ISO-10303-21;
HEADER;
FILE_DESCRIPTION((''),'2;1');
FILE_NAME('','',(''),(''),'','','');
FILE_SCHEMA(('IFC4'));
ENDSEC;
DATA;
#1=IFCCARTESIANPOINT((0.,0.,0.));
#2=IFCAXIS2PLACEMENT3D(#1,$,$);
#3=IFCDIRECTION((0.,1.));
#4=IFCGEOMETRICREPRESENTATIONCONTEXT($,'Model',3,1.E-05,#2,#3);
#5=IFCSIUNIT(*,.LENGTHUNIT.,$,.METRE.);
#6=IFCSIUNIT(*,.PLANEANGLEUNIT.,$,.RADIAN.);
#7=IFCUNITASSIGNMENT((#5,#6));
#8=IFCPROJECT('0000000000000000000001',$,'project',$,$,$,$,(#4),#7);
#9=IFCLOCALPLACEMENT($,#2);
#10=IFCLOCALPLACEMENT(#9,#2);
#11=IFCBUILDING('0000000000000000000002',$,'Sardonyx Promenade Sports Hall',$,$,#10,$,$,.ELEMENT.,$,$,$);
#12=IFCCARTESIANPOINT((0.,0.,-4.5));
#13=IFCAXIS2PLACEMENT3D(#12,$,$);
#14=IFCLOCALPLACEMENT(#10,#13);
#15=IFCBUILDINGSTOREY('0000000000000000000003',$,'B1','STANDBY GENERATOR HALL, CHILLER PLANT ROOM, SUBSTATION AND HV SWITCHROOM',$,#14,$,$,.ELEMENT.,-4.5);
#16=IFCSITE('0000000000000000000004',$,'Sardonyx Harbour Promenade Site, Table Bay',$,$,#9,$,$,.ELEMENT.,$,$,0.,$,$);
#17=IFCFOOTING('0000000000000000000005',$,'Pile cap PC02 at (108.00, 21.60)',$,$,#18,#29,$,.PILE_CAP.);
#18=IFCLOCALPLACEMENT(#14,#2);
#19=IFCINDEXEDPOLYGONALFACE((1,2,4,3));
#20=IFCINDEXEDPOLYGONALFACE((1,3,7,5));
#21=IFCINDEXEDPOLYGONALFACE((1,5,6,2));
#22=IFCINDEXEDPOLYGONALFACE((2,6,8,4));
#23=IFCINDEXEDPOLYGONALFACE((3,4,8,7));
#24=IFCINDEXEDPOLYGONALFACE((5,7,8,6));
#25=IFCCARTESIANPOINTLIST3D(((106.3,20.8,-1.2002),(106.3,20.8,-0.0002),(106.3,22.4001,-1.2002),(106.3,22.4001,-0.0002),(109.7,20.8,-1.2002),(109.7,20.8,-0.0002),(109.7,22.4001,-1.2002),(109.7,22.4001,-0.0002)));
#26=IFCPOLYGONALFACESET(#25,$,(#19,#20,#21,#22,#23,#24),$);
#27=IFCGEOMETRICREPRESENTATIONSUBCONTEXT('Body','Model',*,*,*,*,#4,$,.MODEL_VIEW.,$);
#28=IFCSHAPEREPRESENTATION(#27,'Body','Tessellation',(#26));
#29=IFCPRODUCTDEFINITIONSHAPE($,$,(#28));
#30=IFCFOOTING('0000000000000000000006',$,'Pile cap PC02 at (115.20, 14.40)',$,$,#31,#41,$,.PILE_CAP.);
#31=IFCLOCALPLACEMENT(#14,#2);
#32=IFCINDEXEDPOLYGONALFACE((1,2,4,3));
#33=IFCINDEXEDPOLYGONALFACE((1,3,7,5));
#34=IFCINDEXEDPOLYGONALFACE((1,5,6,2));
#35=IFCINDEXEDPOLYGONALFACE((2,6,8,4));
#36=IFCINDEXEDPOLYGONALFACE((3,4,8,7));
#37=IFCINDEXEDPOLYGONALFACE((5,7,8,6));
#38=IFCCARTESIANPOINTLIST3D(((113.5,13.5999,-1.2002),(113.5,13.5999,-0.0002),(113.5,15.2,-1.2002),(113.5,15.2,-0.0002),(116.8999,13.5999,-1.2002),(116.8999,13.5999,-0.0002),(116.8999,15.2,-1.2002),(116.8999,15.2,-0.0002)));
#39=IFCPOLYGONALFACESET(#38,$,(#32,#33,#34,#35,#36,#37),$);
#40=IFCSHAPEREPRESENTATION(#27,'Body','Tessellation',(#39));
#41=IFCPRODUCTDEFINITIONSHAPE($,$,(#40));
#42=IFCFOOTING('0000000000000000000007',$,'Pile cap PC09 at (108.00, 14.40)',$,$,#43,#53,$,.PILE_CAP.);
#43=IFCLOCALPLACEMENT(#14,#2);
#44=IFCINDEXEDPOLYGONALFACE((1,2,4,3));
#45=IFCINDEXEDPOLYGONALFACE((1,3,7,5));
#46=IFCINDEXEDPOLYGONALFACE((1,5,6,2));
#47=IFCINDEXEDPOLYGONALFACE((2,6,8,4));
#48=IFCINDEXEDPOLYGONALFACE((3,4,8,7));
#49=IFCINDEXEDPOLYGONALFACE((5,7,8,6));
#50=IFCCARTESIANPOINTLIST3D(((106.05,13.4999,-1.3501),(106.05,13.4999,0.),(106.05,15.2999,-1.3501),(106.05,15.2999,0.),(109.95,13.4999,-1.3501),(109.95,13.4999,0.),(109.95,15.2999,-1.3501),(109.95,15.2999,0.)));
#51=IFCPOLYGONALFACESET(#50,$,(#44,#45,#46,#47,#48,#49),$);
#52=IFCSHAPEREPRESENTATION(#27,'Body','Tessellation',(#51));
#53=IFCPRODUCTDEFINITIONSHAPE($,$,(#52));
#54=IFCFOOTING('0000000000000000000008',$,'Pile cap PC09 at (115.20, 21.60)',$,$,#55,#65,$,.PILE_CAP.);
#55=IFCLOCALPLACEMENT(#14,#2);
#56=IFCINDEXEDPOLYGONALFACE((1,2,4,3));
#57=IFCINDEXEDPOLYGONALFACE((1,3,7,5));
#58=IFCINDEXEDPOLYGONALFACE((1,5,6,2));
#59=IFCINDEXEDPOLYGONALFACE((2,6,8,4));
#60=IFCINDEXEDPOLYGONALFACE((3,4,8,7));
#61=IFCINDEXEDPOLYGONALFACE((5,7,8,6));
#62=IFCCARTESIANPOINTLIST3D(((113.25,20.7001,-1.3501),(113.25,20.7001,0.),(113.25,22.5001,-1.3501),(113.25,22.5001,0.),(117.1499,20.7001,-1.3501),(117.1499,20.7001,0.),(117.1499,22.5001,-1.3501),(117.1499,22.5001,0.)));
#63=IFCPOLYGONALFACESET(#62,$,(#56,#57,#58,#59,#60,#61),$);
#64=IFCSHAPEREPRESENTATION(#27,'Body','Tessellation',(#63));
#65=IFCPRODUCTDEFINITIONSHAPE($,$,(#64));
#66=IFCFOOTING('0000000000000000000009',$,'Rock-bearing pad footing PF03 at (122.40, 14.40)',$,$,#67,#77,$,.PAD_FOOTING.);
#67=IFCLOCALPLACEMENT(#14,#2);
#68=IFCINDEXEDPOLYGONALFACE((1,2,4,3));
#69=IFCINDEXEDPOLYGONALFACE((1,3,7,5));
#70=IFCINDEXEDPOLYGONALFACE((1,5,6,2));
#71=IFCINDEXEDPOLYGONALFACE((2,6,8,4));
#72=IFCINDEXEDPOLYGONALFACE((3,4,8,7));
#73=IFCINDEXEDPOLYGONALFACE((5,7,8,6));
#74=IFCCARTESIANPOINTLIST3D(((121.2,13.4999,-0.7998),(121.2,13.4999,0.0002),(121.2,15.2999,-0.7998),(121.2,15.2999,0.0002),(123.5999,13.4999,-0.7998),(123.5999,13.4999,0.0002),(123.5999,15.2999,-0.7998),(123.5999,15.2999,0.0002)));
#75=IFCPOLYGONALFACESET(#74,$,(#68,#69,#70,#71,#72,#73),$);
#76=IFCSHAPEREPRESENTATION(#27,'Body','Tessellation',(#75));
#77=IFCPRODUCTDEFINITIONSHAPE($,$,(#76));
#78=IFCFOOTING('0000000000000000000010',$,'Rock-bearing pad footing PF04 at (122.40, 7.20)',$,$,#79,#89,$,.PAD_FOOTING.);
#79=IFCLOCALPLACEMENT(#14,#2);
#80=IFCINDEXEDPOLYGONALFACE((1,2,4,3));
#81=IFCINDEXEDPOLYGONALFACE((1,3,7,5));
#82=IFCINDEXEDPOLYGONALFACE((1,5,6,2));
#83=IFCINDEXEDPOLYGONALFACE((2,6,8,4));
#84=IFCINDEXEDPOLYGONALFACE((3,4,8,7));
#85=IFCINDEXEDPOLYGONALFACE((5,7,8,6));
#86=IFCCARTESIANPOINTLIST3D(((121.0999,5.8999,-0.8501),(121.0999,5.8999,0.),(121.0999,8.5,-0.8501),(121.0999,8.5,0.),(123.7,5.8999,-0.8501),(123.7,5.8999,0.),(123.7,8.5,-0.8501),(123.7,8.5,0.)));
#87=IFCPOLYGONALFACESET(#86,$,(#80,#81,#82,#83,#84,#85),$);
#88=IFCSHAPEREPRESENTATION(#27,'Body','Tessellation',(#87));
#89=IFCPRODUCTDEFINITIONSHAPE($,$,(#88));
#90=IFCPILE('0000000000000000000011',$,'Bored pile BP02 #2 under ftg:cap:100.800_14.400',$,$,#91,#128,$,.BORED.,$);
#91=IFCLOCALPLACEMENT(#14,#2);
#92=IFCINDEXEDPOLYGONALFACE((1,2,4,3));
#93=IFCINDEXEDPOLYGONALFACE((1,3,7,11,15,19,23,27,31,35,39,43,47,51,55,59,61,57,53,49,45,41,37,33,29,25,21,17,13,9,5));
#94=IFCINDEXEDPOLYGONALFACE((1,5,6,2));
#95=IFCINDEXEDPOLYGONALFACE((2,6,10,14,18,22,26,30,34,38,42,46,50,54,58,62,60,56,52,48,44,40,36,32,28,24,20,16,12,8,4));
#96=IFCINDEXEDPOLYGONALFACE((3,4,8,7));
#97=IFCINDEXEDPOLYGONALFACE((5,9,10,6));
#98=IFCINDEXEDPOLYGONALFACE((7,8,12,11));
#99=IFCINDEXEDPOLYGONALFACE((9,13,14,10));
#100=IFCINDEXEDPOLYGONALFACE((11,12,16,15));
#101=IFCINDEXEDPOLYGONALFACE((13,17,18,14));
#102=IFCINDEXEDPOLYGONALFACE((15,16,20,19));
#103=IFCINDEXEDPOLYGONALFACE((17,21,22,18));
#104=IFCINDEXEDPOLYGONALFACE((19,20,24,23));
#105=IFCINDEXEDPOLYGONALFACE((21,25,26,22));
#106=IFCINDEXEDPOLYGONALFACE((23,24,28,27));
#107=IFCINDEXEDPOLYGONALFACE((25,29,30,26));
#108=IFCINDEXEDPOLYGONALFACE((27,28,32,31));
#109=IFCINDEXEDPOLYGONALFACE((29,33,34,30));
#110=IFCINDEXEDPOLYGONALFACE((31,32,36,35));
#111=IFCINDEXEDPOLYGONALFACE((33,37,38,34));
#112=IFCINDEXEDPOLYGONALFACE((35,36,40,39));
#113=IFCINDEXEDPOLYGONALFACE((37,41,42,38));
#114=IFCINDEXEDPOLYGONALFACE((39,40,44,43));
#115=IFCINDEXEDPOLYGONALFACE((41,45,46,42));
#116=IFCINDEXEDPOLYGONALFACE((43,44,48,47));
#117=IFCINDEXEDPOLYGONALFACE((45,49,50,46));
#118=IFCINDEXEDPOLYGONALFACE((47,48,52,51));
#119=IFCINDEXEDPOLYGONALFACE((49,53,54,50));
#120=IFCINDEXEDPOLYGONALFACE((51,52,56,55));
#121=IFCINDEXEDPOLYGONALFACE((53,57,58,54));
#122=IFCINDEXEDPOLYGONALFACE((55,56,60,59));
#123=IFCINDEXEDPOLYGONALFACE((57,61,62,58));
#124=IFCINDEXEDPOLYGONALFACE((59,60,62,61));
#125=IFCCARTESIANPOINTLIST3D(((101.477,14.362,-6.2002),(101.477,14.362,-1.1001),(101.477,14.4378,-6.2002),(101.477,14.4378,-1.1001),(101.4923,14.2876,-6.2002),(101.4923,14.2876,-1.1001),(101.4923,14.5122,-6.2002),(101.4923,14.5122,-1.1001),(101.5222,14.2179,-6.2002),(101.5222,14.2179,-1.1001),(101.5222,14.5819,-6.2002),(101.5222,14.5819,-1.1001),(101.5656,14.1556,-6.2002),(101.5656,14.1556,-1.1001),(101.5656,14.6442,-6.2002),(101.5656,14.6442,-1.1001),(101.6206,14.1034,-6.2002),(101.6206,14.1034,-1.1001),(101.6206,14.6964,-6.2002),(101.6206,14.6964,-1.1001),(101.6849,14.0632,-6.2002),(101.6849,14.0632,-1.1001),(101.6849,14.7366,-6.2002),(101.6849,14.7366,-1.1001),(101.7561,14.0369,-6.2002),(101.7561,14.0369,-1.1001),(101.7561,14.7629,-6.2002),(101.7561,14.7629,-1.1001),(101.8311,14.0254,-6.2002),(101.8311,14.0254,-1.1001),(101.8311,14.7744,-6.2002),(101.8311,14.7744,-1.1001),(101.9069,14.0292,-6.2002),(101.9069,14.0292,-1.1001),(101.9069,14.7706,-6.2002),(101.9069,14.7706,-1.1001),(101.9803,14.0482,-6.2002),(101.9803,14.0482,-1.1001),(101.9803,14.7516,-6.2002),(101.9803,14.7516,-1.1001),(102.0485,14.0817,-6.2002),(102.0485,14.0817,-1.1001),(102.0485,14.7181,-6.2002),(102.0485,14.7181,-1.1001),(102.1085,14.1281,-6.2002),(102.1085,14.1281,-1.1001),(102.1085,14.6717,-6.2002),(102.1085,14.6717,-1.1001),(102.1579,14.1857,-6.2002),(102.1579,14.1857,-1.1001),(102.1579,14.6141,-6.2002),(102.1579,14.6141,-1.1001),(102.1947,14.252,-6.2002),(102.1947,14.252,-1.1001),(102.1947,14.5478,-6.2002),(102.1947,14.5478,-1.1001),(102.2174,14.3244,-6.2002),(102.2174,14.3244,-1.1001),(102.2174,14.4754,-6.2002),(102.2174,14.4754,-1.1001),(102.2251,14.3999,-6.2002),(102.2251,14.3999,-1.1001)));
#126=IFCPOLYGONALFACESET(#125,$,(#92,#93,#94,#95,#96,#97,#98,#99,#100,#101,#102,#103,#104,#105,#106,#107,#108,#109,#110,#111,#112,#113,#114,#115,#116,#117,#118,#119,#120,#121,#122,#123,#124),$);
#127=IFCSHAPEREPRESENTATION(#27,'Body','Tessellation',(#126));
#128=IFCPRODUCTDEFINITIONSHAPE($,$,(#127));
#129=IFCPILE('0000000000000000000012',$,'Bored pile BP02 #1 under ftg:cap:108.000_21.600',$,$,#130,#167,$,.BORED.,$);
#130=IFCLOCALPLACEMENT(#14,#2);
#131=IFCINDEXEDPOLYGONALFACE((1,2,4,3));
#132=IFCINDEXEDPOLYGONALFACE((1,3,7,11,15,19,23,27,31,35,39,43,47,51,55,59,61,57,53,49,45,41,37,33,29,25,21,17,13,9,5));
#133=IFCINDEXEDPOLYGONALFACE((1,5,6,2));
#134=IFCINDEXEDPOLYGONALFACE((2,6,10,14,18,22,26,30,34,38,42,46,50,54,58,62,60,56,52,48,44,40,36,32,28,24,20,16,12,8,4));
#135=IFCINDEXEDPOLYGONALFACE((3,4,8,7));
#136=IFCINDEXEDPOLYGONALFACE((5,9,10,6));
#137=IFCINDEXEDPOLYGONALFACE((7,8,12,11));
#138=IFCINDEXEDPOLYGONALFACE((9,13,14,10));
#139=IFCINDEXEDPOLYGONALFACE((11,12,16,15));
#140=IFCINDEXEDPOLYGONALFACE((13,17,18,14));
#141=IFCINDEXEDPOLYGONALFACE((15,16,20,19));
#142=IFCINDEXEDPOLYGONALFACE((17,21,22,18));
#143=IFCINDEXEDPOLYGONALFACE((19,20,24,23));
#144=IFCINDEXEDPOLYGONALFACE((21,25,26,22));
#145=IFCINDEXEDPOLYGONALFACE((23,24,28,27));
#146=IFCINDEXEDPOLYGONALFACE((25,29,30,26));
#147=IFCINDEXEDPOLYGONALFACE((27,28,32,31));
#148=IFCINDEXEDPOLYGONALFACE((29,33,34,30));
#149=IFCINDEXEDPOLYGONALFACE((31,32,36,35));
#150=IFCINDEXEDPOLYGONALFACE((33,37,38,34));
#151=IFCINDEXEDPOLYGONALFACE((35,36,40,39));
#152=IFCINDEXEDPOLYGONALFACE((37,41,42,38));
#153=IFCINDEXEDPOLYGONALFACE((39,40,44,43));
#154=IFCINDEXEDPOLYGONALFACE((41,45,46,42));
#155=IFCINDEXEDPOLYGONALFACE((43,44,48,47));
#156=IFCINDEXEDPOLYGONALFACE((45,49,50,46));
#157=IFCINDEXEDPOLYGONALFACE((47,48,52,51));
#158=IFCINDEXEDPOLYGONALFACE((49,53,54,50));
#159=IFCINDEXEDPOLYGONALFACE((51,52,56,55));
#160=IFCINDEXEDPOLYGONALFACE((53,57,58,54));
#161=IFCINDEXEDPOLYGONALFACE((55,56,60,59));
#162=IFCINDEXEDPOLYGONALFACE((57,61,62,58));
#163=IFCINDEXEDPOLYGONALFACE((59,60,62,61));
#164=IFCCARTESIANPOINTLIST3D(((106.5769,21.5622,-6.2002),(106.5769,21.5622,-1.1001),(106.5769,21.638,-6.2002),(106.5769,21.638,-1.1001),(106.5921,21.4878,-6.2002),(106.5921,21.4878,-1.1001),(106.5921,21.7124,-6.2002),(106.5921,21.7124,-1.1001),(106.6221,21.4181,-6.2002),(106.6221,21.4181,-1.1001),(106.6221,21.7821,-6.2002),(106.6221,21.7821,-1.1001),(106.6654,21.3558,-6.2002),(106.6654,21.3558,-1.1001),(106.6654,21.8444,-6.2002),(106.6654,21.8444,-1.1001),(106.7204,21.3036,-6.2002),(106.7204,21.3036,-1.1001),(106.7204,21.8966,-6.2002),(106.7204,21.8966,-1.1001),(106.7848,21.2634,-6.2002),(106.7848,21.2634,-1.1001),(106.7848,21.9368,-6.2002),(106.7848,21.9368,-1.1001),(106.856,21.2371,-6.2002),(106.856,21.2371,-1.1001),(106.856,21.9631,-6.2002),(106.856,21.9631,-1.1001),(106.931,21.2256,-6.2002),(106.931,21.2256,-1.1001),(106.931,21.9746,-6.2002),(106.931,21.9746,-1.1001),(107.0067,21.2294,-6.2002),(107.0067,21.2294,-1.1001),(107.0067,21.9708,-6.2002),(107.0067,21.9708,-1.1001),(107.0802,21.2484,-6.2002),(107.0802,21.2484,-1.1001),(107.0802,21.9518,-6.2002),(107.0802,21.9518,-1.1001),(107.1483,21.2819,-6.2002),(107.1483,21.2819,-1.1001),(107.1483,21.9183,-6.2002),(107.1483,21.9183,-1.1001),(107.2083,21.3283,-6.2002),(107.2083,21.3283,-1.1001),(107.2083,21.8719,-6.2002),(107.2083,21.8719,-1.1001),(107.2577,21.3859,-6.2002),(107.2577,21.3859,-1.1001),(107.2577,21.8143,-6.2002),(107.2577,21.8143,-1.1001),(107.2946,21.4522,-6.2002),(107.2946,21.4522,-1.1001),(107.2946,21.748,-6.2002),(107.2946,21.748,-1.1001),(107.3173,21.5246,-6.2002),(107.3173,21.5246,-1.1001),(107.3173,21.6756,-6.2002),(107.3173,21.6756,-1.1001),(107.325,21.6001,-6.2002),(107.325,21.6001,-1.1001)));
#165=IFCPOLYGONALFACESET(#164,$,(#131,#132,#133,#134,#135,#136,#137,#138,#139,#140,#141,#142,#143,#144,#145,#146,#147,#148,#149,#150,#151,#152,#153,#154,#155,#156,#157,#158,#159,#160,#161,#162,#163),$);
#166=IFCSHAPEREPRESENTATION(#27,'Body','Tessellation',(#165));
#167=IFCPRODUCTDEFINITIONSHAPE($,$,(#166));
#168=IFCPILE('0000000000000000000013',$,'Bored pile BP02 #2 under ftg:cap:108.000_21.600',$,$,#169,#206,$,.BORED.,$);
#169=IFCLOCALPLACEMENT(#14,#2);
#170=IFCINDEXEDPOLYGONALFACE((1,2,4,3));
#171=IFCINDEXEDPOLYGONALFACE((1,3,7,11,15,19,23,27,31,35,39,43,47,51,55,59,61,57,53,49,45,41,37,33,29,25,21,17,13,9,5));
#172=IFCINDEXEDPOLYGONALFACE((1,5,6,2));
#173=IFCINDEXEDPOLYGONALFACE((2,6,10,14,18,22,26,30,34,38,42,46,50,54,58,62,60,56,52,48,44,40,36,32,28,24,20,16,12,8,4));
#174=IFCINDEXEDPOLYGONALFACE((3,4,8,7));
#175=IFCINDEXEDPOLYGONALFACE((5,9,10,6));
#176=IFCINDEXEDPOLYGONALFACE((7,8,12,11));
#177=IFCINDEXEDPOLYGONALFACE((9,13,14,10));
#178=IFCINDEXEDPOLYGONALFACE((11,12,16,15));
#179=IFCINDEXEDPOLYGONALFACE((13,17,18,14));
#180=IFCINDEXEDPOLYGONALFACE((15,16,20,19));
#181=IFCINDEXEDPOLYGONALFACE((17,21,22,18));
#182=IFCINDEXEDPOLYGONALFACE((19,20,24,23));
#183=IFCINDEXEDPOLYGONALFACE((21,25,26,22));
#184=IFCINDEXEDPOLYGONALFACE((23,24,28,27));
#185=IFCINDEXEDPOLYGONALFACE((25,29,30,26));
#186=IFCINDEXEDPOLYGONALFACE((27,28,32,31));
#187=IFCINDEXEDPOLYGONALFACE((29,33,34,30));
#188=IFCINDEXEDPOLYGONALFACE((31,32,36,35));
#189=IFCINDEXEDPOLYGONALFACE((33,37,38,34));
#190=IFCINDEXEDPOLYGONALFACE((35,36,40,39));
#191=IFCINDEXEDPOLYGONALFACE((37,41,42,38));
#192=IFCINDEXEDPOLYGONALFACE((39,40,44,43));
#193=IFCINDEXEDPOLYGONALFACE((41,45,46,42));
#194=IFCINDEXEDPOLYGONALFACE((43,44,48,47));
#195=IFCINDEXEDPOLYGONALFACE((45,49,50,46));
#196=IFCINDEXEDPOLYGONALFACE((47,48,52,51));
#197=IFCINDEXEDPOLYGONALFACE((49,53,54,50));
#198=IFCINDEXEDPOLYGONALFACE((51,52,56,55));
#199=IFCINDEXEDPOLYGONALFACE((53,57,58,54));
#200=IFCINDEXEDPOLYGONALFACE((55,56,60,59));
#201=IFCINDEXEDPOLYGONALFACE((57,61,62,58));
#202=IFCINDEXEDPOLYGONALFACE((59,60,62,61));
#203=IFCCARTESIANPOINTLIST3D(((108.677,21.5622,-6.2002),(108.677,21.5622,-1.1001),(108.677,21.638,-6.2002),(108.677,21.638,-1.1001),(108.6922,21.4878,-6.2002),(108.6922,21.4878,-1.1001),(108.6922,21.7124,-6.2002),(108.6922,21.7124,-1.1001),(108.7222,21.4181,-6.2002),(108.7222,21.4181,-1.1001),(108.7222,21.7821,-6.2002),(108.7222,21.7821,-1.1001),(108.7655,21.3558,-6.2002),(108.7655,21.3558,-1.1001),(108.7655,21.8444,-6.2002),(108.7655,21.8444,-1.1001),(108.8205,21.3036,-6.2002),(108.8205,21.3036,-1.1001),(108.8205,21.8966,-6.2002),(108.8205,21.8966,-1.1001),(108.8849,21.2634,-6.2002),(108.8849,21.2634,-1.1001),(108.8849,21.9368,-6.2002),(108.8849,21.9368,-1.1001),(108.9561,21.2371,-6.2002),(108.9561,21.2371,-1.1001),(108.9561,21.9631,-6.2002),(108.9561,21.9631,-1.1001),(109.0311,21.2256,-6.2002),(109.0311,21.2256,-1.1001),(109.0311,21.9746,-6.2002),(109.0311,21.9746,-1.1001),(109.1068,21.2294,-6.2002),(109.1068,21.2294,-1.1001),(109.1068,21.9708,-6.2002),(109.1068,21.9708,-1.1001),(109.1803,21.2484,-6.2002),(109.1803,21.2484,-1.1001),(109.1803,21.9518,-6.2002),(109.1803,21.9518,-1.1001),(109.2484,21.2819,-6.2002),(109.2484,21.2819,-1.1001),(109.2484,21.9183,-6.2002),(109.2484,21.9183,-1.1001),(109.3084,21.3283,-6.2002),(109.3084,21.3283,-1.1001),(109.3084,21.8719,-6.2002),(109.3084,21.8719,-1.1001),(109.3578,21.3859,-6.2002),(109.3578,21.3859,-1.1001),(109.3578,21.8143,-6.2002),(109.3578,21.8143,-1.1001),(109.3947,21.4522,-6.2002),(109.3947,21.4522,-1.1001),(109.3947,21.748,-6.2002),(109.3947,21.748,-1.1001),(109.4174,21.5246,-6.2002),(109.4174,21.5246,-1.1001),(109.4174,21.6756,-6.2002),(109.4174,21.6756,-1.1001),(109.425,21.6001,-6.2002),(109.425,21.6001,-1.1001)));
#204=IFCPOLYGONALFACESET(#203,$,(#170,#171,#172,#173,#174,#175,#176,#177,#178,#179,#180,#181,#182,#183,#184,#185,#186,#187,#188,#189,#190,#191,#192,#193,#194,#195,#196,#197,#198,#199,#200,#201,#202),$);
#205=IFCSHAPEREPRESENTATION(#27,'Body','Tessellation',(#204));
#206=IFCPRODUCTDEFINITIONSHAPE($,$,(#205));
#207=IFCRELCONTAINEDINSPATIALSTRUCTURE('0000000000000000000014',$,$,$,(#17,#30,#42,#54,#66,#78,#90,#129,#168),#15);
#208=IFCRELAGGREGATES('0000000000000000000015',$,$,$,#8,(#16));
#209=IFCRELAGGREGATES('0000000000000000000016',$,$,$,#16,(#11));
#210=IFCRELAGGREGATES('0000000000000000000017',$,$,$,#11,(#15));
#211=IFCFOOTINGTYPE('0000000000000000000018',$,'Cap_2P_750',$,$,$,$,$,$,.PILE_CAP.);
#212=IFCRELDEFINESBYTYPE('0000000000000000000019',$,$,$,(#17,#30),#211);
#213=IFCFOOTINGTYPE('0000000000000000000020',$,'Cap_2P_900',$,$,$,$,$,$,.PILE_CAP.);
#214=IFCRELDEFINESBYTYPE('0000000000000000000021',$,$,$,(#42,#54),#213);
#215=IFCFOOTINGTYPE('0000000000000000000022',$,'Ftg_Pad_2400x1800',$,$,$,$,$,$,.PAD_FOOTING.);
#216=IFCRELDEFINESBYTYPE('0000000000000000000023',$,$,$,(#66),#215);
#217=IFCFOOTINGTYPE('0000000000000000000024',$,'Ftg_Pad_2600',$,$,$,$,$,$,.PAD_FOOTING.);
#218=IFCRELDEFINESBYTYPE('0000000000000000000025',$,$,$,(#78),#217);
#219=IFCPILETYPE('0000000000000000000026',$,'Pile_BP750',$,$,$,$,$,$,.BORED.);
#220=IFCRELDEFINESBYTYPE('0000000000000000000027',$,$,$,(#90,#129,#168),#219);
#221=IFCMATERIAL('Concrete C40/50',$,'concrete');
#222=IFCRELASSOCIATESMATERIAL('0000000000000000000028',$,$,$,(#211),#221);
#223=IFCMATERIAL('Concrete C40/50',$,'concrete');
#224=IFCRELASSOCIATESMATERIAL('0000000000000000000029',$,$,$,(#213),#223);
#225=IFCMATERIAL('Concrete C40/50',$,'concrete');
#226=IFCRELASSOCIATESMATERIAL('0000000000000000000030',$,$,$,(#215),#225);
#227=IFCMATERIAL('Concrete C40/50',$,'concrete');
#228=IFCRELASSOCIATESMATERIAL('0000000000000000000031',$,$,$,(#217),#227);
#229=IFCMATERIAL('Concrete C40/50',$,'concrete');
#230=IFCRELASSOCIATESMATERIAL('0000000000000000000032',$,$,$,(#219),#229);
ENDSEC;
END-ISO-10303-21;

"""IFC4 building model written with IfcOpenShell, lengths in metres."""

from ifc_helpers import new_model, si_unit, direction, frame, origin, origin_2d, place, context, subcontext, project, spatial, rectangle, circle, extrude, material, material_profile, profile_set, type_object, element, save


model = new_model("IFC4")

# Units and contexts
model_context = context("Model", 3, precision=1e-05, world=origin(), true_north=direction((0.0, 1.0)))
body_context = subcontext(model_context, "Body", "Model", "MODEL_VIEW")
ifc_project = project(units=[si_unit("LENGTHUNIT", "METRE"), si_unit("PLANEANGLEUNIT", "RADIAN")], contexts=[model_context])

# Site, building, storey
site_placement = place(None, origin())
site = spatial("IfcSite", under=ifc_project, at=site_placement, Name="Sardonyx Harbour Promenade Site, Table Bay", CompositionType="ELEMENT", RefElevation=0.0)
building_placement = place(site_placement, origin())
building = spatial("IfcBuilding", under=site, at=building_placement, Name="Sardonyx Promenade Sports Hall", CompositionType="ELEMENT")
storey_placement = place(building_placement, frame((0.0, 0.0, -4.5)))
storey = spatial("IfcBuildingStorey", under=building, at=storey_placement, Name="B1", Description="STANDBY GENERATOR HALL, CHILLER PLANT ROOM, SUBSTATION AND HV SWITCHROOM", CompositionType="ELEMENT", Elevation=-4.5)

# Footings
ifc_material_1 = material(Name="Concrete C40/50", Category="concrete")
footing_type_1 = type_object("IfcFootingType", Name="Cap_2P_750", PredefinedType="PILE_CAP", material=ifc_material_1)
for number, where, z_axis, x_axis, name in (
    (1, (108.0, 21.6001, -1.2002), (0.0, 0.0, 1.0), (1.0, 0.0, 0.0), "Pile cap PC02 at (108.00, 21.60)"),
    (2, (115.2, 14.3999, -1.2002), (0.0, 0.0, 1.0), (1.0, 0.0, 0.0), "Pile cap PC02 at (115.20, 14.40)"),
):
    element("IfcFooting", number, at=place(storey_placement, frame(where, z_axis=z_axis, x_axis=x_axis)), inside=storey, type_object=footing_type_1, Name=name, PredefinedType="PILE_CAP", context=body_context, shape_type="SweptSolid", body=[
        extrude(rectangle(XDim=3.3999, YDim=1.6001, at=origin_2d()), origin(), (0.0, 0.0, 1.0), 1.2),
    ])
ifc_material_2 = material(Name="Concrete C40/50", Category="concrete")
footing_type_2 = type_object("IfcFootingType", Name="Cap_2P_900", PredefinedType="PILE_CAP", material=ifc_material_2)
for number, where, z_axis, x_axis, name in (
    (3, (108.0, 14.3999, -1.3501), (0.0, 0.0, 1.0), (1.0, 0.0, 0.0), "Pile cap PC09 at (108.00, 14.40)"),
    (4, (115.2, 21.6001, -1.3501), (0.0, 0.0, 1.0), (1.0, 0.0, 0.0), "Pile cap PC09 at (115.20, 21.60)"),
):
    element("IfcFooting", number, at=place(storey_placement, frame(where, z_axis=z_axis, x_axis=x_axis)), inside=storey, type_object=footing_type_2, Name=name, PredefinedType="PILE_CAP", context=body_context, shape_type="SweptSolid", body=[
        extrude(rectangle(XDim=3.8999, YDim=1.8, at=origin_2d()), origin(), (0.0, 0.0, 1.0), 1.3501),
    ])
ifc_material_3 = material(Name="Concrete C40/50", Category="concrete")
footing_type_3 = type_object("IfcFootingType", Name="Ftg_Pad_2400x1800", PredefinedType="PAD_FOOTING", material=ifc_material_3)
footing_1_placement = place(storey_placement, frame((122.3999, 14.3999, -0.7998), z_axis=(0.0, 0.0, 1.0), x_axis=(1.0, 0.0, 0.0)))
element("IfcFooting", 5, at=footing_1_placement, inside=storey, type_object=footing_type_3, Name="Rock-bearing pad footing PF03 at (122.40, 14.40)", PredefinedType="PAD_FOOTING", context=body_context, shape_type="SweptSolid", body=[
    extrude(rectangle(XDim=2.3999, YDim=1.8, at=origin_2d()), origin(), (0.0, 0.0, 1.0), 0.8),
])
ifc_material_4 = material(Name="Concrete C40/50", Category="concrete")
footing_type_4 = type_object("IfcFootingType", Name="Ftg_Pad_2600", PredefinedType="PAD_FOOTING", material=ifc_material_4)
footing_2_placement = place(storey_placement, frame((122.3999, 7.2, -0.8501), z_axis=(0.0, 0.0, 1.0), x_axis=(1.0, 0.0, 0.0)))
element("IfcFooting", 6, at=footing_2_placement, inside=storey, type_object=footing_type_4, Name="Rock-bearing pad footing PF04 at (122.40, 7.20)", PredefinedType="PAD_FOOTING", context=body_context, shape_type="SweptSolid", body=[
    extrude(rectangle(XDim=2.6001, YDim=2.6001, at=origin_2d()), origin(), (0.0, 0.0, 1.0), 0.8501),
])

# Piles
ifc_material_5 = material(Name="Concrete C40/50", Category="concrete")
ifc_material_profile_1 = material_profile(ifc_material_5, circle(Radius=0.375, at=origin_2d()))
ifc_profile_set_1 = profile_set([ifc_material_profile_1], Name="Concrete C40/50")
pile_type_1 = type_object("IfcPileType", Name="Pile_BP750", PredefinedType="BORED", material=ifc_profile_set_1)
for number, where, z_axis, x_axis, name in (
    (7, (101.8501, 14.3999, -1.1001), (0.0, 0.0, -1.0), (1.0, 0.0, 0.0), "Bored pile BP02 #2 under ftg:cap:100.800_14.400"),
    (8, (106.95, 21.6001, -1.1001), (0.0, 0.0, -1.0), (1.0, 0.0, 0.0), "Bored pile BP02 #1 under ftg:cap:108.000_21.600"),
    (9, (109.05, 21.6001, -1.1001), (0.0, 0.0, -1.0), (1.0, 0.0, 0.0), "Bored pile BP02 #2 under ftg:cap:108.000_21.600"),
):
    element("IfcPile", number, at=place(storey_placement, frame(where, z_axis=z_axis, x_axis=x_axis)), inside=storey, type_object=pile_type_1, Name=name, PredefinedType="BORED", context=body_context, shape_type="SweptSolid", body=[
        extrude(circle(Radius=0.375, at=origin_2d()), origin(), (0.0, 0.0, 1.0), 5.1001),
    ])

save(model, "model.ifc")
